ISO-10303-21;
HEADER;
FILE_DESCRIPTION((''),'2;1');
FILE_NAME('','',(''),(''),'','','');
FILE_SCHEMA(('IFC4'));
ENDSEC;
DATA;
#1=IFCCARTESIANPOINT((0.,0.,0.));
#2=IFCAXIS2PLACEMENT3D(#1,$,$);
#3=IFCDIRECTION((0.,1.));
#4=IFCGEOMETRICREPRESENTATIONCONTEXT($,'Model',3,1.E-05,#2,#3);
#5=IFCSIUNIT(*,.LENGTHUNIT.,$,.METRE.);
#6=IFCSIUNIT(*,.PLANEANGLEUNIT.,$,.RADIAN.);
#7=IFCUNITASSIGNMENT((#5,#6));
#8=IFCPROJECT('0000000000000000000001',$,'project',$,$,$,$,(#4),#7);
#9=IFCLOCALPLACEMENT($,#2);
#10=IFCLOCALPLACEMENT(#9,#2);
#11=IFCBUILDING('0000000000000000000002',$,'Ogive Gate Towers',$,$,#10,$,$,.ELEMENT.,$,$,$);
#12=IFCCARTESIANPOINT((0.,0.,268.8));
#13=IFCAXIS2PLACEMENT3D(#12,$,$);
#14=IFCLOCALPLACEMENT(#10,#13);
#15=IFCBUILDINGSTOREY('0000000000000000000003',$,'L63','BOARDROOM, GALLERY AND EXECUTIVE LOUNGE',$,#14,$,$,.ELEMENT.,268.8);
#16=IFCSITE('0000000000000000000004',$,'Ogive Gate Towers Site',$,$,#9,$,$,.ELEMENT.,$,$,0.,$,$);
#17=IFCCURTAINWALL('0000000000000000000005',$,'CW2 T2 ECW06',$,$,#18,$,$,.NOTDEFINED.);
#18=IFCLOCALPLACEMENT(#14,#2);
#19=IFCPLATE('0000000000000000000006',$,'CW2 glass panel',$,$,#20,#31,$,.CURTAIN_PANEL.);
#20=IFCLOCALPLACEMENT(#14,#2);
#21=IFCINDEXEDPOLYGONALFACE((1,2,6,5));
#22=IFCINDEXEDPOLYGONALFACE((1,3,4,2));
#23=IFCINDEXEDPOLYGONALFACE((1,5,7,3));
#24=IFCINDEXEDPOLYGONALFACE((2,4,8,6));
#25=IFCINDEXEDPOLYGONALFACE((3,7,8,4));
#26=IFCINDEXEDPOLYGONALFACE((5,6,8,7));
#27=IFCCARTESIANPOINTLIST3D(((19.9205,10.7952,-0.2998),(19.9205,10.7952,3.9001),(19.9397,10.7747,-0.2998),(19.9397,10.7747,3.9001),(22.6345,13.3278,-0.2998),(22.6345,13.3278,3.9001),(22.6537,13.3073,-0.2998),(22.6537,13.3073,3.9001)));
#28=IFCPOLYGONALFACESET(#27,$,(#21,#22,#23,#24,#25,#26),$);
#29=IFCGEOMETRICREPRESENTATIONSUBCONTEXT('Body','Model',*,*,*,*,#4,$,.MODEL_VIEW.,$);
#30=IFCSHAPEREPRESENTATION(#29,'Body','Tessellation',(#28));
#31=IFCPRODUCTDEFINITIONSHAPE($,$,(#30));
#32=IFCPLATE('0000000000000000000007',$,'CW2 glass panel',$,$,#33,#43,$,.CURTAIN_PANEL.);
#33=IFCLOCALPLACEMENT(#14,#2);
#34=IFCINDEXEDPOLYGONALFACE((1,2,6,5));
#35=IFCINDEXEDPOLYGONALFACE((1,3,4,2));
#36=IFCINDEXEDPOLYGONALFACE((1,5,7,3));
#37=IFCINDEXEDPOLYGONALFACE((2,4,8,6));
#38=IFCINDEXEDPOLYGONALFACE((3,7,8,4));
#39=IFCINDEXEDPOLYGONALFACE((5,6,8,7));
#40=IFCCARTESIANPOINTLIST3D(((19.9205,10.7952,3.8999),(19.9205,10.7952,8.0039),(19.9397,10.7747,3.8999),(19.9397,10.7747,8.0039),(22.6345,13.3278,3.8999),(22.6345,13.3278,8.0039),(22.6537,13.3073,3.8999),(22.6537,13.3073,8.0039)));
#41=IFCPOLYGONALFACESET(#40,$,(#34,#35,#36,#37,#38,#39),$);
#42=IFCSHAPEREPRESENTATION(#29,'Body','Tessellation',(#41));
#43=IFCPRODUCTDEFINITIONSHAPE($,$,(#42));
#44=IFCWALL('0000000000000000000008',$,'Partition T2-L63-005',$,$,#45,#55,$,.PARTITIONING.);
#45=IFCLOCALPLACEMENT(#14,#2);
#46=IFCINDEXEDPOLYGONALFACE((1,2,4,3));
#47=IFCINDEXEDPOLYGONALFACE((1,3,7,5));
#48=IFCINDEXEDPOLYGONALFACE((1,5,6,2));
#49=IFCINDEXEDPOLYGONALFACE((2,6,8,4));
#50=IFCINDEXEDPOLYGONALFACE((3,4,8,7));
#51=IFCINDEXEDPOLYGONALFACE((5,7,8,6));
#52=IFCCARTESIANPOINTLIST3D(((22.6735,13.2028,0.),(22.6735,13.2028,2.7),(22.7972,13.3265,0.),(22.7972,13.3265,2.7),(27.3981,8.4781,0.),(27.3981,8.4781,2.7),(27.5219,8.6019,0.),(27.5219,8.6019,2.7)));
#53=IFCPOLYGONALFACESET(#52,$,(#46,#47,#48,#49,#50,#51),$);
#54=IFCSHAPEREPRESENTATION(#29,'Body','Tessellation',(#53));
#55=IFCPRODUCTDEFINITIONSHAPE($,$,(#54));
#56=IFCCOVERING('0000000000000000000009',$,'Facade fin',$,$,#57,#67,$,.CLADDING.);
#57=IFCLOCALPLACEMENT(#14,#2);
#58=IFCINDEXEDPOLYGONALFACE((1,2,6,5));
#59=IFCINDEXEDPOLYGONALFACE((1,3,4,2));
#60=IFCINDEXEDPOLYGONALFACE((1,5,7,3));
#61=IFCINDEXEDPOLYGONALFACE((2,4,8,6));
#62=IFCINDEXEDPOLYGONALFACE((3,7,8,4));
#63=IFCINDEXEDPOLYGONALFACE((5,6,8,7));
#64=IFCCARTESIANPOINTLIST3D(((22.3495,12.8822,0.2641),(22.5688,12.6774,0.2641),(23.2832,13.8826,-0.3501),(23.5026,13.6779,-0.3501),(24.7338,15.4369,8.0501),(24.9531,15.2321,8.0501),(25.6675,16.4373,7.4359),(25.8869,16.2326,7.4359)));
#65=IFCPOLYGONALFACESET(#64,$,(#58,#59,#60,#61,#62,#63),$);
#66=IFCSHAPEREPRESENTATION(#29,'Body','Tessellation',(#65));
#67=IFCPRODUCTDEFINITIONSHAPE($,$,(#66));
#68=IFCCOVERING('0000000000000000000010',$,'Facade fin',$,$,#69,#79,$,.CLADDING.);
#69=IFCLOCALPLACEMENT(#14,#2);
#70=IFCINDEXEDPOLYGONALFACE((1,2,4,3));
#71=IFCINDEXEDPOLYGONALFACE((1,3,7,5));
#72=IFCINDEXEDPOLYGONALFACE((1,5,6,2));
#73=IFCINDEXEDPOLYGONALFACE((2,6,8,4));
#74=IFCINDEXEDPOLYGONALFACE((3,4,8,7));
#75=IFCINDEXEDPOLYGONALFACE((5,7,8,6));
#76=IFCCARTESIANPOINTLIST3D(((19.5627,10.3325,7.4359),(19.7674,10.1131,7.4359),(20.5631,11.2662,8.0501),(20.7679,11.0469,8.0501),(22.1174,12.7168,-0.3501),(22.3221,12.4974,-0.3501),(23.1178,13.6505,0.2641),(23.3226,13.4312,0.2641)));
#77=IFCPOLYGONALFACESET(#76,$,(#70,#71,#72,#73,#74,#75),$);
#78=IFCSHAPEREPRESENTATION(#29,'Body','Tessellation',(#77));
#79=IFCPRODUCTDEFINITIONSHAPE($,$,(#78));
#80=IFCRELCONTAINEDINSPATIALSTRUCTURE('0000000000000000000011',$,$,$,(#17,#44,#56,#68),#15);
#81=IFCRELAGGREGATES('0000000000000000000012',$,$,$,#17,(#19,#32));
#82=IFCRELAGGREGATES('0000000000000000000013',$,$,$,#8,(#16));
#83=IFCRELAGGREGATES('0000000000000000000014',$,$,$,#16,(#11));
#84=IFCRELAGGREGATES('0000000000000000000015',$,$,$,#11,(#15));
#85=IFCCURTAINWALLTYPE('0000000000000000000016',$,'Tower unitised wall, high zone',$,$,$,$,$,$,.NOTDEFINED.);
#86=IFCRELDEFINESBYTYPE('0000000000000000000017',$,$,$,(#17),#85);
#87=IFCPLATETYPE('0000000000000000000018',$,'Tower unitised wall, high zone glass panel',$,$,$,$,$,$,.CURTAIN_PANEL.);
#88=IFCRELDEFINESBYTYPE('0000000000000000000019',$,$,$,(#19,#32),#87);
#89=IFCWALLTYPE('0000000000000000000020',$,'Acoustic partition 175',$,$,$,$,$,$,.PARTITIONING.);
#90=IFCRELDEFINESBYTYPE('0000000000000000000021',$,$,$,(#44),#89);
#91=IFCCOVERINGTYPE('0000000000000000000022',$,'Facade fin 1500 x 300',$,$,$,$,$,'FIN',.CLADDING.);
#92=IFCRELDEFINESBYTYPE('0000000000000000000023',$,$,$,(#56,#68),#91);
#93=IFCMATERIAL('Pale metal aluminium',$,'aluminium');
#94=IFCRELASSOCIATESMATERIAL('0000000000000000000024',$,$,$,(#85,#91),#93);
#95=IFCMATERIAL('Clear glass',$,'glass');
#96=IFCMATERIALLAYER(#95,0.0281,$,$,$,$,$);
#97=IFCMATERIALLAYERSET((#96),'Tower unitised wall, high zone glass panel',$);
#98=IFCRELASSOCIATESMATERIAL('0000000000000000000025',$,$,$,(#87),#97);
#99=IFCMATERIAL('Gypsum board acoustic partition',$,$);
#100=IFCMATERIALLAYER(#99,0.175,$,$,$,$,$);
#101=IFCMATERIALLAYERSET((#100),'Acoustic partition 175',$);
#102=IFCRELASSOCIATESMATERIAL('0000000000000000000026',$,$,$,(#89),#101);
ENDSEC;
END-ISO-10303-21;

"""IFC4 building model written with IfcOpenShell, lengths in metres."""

from ifc_helpers import new_model, si_unit, direction, frame, frame_2d, origin, origin_2d, place, context, subcontext, project, spatial, rectangle, extrude, material, layer, layer_set, material_profile, profile_set, type_object, element, aggregate, save


model = new_model("IFC4")

# Units and contexts
model_context = context("Model", 3, precision=1e-05, world=origin(), true_north=direction((0.0, 1.0)))
body_context = subcontext(model_context, "Body", "Model", "MODEL_VIEW")
ifc_project = project(units=[si_unit("LENGTHUNIT", "METRE"), si_unit("PLANEANGLEUNIT", "RADIAN")], contexts=[model_context])

# Site, building, storey
site_placement = place(None, origin())
site = spatial("IfcSite", under=ifc_project, at=site_placement, Name="Ogive Gate Towers Site", CompositionType="ELEMENT", RefElevation=0.0)
building_placement = place(site_placement, origin())
building = spatial("IfcBuilding", under=site, at=building_placement, Name="Ogive Gate Towers", CompositionType="ELEMENT")
storey_placement = place(building_placement, frame((0.0, 0.0, 268.8)))
storey = spatial("IfcBuildingStorey", under=building, at=storey_placement, Name="L63", Description="BOARDROOM, GALLERY AND EXECUTIVE LOUNGE", CompositionType="ELEMENT", Elevation=268.8)

# Shared definitions
ifc_material_1 = material(Name="Pale metal aluminium", Category="aluminium")
curtain_wall_type = type_object("IfcCurtainWallType", Name="Tower unitised wall, high zone", PredefinedType="NOTDEFINED", material=ifc_material_1)

# Curtain wall
curtain_wall_1_placement = place(storey_placement, origin())
curtain_wall_1 = element("IfcCurtainWall", 1, at=curtain_wall_1_placement, inside=storey, type_object=curtain_wall_type, Name="CW2 T2 ECW06", PredefinedType="NOTDEFINED")

# Plates
ifc_material_2 = material(Name="Clear glass", Category="glass")
ifc_layer_1 = layer(ifc_material_2, 0.0281)
ifc_layer_set_1 = layer_set([ifc_layer_1], Name="Tower unitised wall, high zone glass panel")
plate_type = type_object("IfcPlateType", Name="Tower unitised wall, high zone glass panel", PredefinedType="CURTAIN_PANEL", material=ifc_layer_set_1)
plate_1_placement = place(storey_placement, frame((21.2871, 12.0513, -0.2998), z_axis=(0.0, 0.0, 1.0), x_axis=(0.731116, 0.682254, 0.0)))
plate_1 = element("IfcPlate", 2, at=plate_1_placement, type_object=plate_type, Name="CW2 glass panel", PredefinedType="CURTAIN_PANEL", context=body_context, shape_type="SweptSolid", body=[
    extrude(rectangle(XDim=3.7122, YDim=0.0281, at=origin_2d()), origin(), (0.0, 0.0, 1.0), 4.2),
])
plate_2_placement = place(storey_placement, frame((21.2871, 12.0513, 3.8999), z_axis=(0.0, 0.0, 1.0), x_axis=(0.731116, 0.682254, 0.0)))
plate_2 = element("IfcPlate", 3, at=plate_2_placement, type_object=plate_type, Name="CW2 glass panel", PredefinedType="CURTAIN_PANEL", context=body_context, shape_type="SweptSolid", body=[
    extrude(rectangle(XDim=3.7122, YDim=0.0281, at=origin_2d()), origin(), (0.0, 0.0, 1.0), 4.104),
])
aggregate(curtain_wall_1, [plate_1, plate_2])

# Wall
ifc_material_3 = material(Name="Gypsum board acoustic partition")
ifc_layer_2 = layer(ifc_material_3, 0.175)
ifc_layer_set_2 = layer_set([ifc_layer_2], Name="Acoustic partition 175")
wall_type = type_object("IfcWallType", Name="Acoustic partition 175", PredefinedType="PARTITIONING", material=ifc_layer_set_2)
wall_placement = place(storey_placement, frame((22.7354, 13.2646, 0.0), z_axis=(0.0, 0.0, 1.0), x_axis=(0.707107, -0.707107, 0.0)))
element("IfcWall", 4, at=wall_placement, inside=storey, type_object=wall_type, Name="Partition T2-L63-005", PredefinedType="PARTITIONING", context=body_context, shape_type="SweptSolid", body=[
    extrude(rectangle(XDim=6.6816, YDim=0.175, at=frame_2d((3.3408, 0.0))), origin(), (0.0, 0.0, 1.0), 2.7),
])

# Coverings
ifc_material_profile_1 = material_profile(ifc_material_1, rectangle(XDim=0.3, YDim=1.5, at=origin_2d()), Name="1500 x 300 pale metal aluminium")
ifc_profile_set_1 = profile_set([ifc_material_profile_1], Name="Pale metal aluminium")
covering_type = type_object("IfcCoveringType", Name="Facade fin 1500 x 300", ElementType="FIN", PredefinedType="CLADDING", material=ifc_profile_set_1)
for number, where, z_axis, x_axis, name in (
    (5, (22.926, 13.28, -0.043), (0.279382, 0.29935, 0.912324), (-0.731069, 0.682303, 0.0), "Facade fin"),
    (6, (22.72, 13.074, -0.043), (-0.29935, -0.279382, 0.912324), (0.682303, -0.731069, 0.0), "Facade fin"),
):
    element("IfcCovering", number, at=place(storey_placement, frame(where, z_axis=z_axis, x_axis=x_axis)), inside=storey, type_object=covering_type, Name=name, PredefinedType="CLADDING", context=body_context, shape_type="SweptSolid", body=[
        extrude(rectangle(XDim=0.3, YDim=1.5, at=origin_2d()), origin(), (0.0, 0.0, 1.0), 8.5342),
    ])

save(model, "model.ifc")
